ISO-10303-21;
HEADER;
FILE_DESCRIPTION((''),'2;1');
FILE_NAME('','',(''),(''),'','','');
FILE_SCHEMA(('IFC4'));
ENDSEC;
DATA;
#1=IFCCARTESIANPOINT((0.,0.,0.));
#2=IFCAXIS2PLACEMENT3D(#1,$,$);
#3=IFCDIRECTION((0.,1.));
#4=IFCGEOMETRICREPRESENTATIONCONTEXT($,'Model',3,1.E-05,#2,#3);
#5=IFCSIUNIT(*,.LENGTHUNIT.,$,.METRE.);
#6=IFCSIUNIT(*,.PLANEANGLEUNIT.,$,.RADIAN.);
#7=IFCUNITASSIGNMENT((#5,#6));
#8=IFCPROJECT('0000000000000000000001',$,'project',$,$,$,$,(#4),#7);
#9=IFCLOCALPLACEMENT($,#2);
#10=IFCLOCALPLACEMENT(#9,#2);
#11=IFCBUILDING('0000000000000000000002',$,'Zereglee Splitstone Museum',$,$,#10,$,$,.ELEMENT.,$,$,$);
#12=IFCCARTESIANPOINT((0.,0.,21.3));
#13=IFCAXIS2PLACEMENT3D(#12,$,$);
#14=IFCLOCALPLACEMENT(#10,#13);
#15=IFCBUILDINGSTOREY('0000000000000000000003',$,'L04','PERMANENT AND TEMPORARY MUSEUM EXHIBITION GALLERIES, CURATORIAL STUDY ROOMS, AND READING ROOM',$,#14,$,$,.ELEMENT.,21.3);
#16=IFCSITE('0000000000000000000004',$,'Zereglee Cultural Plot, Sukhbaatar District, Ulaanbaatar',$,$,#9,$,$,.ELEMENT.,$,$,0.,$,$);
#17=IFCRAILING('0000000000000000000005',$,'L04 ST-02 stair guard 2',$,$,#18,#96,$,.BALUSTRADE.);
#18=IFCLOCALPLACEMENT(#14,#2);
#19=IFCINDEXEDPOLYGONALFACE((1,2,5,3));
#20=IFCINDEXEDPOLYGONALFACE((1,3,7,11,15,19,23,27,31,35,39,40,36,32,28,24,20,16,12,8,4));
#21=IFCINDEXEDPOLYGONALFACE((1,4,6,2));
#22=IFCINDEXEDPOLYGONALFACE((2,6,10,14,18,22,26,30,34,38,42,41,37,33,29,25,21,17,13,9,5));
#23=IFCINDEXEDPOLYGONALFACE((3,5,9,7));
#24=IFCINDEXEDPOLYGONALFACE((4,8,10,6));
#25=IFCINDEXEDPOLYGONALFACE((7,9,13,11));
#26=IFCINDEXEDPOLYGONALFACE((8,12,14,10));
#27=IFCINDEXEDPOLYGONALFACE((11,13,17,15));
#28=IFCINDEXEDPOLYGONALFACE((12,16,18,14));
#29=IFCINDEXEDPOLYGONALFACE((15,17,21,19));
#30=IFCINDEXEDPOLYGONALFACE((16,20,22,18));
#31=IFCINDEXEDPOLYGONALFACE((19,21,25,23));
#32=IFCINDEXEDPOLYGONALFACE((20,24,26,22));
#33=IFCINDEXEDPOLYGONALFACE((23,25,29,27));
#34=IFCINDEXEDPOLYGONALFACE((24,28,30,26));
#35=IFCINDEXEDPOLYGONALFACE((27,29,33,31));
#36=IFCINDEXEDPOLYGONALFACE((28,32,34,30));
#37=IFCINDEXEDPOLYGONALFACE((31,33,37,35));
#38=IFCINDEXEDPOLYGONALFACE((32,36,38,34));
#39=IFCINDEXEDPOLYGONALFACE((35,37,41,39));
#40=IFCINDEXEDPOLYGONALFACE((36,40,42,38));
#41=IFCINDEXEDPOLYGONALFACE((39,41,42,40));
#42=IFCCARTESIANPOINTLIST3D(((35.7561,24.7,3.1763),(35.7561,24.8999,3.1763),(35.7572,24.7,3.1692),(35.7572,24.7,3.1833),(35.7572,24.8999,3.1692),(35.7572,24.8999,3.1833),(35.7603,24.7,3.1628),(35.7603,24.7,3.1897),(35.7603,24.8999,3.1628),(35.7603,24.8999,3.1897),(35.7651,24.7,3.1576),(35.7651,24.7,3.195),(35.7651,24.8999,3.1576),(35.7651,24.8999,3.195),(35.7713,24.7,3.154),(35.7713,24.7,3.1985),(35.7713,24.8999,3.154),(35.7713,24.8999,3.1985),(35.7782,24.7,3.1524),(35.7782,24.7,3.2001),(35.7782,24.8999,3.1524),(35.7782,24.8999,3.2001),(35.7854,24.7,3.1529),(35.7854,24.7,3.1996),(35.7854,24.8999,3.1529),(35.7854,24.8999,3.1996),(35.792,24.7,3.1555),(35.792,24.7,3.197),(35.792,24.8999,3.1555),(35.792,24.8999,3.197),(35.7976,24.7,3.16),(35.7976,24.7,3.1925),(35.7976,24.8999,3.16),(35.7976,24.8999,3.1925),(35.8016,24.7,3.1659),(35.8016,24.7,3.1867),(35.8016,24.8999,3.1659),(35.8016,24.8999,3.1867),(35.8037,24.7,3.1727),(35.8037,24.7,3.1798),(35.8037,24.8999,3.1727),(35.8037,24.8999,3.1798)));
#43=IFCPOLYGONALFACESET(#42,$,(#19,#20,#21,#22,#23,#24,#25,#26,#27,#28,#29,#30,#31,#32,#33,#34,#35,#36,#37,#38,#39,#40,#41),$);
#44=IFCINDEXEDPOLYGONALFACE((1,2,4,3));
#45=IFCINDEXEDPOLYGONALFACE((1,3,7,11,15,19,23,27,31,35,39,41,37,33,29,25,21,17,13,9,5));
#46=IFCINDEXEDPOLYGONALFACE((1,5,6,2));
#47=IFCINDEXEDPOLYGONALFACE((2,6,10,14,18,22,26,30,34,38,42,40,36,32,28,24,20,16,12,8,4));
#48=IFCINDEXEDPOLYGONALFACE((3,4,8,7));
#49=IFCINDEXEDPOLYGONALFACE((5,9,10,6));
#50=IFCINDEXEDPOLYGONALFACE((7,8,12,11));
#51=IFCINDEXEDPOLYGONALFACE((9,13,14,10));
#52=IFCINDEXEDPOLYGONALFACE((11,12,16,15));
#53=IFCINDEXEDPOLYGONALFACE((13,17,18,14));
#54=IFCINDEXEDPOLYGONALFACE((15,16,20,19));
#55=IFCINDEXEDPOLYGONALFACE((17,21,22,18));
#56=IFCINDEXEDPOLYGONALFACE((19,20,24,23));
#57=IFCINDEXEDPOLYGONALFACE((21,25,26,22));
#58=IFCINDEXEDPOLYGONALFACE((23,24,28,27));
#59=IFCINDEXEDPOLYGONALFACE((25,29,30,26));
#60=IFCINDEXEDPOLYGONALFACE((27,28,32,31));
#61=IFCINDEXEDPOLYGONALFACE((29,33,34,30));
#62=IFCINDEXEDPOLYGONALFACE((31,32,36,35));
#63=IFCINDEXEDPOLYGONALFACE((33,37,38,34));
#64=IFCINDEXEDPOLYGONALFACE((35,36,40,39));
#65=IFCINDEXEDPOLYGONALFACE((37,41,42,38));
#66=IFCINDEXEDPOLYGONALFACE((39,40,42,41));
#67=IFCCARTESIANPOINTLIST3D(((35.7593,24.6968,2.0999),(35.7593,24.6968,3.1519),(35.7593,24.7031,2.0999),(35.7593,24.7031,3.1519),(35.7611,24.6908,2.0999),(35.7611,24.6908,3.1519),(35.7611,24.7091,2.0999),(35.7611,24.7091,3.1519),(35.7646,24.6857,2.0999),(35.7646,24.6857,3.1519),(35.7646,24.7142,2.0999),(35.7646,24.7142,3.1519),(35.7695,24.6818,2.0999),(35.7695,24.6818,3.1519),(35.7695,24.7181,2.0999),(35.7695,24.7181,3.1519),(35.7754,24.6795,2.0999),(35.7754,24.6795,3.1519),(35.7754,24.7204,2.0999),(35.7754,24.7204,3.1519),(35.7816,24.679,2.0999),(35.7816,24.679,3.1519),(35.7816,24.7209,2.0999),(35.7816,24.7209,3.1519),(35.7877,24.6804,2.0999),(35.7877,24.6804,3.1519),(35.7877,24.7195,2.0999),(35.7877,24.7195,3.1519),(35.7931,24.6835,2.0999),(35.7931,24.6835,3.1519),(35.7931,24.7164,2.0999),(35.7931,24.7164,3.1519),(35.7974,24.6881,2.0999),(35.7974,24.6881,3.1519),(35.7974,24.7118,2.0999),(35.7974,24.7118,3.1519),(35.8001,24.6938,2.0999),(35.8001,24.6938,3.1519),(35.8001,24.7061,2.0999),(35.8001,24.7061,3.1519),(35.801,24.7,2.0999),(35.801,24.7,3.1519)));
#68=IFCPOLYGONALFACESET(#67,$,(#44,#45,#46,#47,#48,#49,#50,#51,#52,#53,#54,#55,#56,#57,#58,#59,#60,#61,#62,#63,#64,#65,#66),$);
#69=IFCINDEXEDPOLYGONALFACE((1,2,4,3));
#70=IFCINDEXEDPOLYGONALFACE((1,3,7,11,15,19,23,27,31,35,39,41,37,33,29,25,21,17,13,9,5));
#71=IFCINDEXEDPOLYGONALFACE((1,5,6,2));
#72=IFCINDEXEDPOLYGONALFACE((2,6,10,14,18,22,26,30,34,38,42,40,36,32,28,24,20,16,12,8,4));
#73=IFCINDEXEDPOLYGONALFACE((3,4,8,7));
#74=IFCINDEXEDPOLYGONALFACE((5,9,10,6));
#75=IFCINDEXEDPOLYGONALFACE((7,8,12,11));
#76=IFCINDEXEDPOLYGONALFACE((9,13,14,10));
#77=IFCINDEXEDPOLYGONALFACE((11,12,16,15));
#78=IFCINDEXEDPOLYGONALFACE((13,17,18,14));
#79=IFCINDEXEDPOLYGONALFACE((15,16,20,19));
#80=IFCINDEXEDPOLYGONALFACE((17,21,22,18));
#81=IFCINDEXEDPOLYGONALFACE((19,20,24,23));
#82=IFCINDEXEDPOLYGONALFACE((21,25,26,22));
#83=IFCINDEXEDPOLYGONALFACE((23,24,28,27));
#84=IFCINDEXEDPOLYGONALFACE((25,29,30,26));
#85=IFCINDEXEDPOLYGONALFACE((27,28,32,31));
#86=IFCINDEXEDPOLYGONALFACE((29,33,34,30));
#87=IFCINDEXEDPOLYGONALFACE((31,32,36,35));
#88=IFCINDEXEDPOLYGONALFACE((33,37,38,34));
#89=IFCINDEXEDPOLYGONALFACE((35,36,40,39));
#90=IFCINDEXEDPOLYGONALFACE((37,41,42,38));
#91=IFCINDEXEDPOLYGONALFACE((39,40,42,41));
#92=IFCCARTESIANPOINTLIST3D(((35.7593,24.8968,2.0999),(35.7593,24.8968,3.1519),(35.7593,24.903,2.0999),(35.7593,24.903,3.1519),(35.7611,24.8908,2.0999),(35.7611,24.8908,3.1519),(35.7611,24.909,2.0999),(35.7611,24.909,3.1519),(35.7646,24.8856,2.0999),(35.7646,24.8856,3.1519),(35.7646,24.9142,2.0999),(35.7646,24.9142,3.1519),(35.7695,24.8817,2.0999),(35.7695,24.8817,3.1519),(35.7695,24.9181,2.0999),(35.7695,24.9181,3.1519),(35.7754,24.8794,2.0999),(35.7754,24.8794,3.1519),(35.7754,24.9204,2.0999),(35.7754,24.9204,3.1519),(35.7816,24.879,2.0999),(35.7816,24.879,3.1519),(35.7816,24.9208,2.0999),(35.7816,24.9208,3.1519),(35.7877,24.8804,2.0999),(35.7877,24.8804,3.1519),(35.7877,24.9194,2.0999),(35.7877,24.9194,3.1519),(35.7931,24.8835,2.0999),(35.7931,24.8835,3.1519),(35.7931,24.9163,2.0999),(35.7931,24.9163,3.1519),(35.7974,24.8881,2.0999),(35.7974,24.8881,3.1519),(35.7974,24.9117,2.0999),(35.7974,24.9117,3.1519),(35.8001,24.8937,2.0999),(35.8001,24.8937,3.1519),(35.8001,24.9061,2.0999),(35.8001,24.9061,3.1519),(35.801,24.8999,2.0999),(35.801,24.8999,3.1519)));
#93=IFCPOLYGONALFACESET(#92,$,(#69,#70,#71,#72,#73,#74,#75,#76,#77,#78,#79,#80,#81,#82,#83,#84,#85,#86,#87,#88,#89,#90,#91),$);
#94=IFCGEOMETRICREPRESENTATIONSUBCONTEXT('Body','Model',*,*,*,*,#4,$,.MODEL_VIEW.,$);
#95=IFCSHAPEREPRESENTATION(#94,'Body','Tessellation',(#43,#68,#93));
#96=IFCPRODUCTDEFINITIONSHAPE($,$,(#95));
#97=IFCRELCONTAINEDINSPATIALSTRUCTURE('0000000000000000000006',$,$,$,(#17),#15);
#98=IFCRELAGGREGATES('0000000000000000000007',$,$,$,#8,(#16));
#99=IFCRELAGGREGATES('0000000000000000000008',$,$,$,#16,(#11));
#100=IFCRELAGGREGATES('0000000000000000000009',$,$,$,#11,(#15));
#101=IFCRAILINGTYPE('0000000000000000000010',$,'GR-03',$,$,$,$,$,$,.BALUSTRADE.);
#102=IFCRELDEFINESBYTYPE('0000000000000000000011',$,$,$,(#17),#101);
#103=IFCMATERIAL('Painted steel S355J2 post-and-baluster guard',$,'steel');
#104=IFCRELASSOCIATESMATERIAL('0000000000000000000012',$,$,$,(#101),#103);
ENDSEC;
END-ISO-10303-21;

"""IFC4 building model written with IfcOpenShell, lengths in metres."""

from ifc_helpers import new_model, si_unit, direction, frame, origin, origin_2d, place, context, subcontext, project, spatial, circle, extrude, material, type_object, element, save


model = new_model("IFC4")

# Units and contexts
model_context = context("Model", 3, precision=1e-05, world=origin(), true_north=direction((0.0, 1.0)))
body_context = subcontext(model_context, "Body", "Model", "MODEL_VIEW")
ifc_project = project(units=[si_unit("LENGTHUNIT", "METRE"), si_unit("PLANEANGLEUNIT", "RADIAN")], contexts=[model_context])

# Site, building, storey
site_placement = place(None, origin())
site = spatial("IfcSite", under=ifc_project, at=site_placement, Name="Zereglee Cultural Plot, Sukhbaatar District, Ulaanbaatar", CompositionType="ELEMENT", RefElevation=0.0)
building_placement = place(site_placement, origin())
building = spatial("IfcBuilding", under=site, at=building_placement, Name="Zereglee Splitstone Museum", CompositionType="ELEMENT")
storey_placement = place(building_placement, frame((0.0, 0.0, 21.3)))
storey = spatial("IfcBuildingStorey", under=building, at=storey_placement, Name="L04", Description="PERMANENT AND TEMPORARY MUSEUM EXHIBITION GALLERIES, CURATORIAL STUDY ROOMS, AND READING ROOM", CompositionType="ELEMENT", Elevation=21.3)

# Railing
ifc_material_1 = material(Name="Painted steel S355J2 post-and-baluster guard", Category="steel")
railing_type_1 = type_object("IfcRailingType", Name="GR-03", PredefinedType="BALUSTRADE", material=ifc_material_1)
railing_1_placement = place(storey_placement, frame((35.78, 24.7, 2.0999)))
element("IfcRailing", 1, at=railing_1_placement, inside=storey, type_object=railing_type_1, Name="L04 ST-02 stair guard 2", PredefinedType="BALUSTRADE", context=body_context, shape_type="SweptSolid", body=[
    extrude(circle(Radius=0.0239, at=origin_2d()), frame((0.0, 0.0, 1.0764), z_axis=(0.0, 1.0, 0.0), x_axis=(-1.0, 0.0, 0.0)), (0.0, 0.0, 1.0), 0.2),
    extrude(circle(Radius=0.021, at=origin_2d()), origin(), (0.0, 0.0, 1.0), 1.052),
    extrude(circle(Radius=0.021, at=origin_2d()), frame((0.0, 0.2, 0.0)), (0.0, 0.0, 1.0), 1.052),
])

save(model, "model.ifc")
